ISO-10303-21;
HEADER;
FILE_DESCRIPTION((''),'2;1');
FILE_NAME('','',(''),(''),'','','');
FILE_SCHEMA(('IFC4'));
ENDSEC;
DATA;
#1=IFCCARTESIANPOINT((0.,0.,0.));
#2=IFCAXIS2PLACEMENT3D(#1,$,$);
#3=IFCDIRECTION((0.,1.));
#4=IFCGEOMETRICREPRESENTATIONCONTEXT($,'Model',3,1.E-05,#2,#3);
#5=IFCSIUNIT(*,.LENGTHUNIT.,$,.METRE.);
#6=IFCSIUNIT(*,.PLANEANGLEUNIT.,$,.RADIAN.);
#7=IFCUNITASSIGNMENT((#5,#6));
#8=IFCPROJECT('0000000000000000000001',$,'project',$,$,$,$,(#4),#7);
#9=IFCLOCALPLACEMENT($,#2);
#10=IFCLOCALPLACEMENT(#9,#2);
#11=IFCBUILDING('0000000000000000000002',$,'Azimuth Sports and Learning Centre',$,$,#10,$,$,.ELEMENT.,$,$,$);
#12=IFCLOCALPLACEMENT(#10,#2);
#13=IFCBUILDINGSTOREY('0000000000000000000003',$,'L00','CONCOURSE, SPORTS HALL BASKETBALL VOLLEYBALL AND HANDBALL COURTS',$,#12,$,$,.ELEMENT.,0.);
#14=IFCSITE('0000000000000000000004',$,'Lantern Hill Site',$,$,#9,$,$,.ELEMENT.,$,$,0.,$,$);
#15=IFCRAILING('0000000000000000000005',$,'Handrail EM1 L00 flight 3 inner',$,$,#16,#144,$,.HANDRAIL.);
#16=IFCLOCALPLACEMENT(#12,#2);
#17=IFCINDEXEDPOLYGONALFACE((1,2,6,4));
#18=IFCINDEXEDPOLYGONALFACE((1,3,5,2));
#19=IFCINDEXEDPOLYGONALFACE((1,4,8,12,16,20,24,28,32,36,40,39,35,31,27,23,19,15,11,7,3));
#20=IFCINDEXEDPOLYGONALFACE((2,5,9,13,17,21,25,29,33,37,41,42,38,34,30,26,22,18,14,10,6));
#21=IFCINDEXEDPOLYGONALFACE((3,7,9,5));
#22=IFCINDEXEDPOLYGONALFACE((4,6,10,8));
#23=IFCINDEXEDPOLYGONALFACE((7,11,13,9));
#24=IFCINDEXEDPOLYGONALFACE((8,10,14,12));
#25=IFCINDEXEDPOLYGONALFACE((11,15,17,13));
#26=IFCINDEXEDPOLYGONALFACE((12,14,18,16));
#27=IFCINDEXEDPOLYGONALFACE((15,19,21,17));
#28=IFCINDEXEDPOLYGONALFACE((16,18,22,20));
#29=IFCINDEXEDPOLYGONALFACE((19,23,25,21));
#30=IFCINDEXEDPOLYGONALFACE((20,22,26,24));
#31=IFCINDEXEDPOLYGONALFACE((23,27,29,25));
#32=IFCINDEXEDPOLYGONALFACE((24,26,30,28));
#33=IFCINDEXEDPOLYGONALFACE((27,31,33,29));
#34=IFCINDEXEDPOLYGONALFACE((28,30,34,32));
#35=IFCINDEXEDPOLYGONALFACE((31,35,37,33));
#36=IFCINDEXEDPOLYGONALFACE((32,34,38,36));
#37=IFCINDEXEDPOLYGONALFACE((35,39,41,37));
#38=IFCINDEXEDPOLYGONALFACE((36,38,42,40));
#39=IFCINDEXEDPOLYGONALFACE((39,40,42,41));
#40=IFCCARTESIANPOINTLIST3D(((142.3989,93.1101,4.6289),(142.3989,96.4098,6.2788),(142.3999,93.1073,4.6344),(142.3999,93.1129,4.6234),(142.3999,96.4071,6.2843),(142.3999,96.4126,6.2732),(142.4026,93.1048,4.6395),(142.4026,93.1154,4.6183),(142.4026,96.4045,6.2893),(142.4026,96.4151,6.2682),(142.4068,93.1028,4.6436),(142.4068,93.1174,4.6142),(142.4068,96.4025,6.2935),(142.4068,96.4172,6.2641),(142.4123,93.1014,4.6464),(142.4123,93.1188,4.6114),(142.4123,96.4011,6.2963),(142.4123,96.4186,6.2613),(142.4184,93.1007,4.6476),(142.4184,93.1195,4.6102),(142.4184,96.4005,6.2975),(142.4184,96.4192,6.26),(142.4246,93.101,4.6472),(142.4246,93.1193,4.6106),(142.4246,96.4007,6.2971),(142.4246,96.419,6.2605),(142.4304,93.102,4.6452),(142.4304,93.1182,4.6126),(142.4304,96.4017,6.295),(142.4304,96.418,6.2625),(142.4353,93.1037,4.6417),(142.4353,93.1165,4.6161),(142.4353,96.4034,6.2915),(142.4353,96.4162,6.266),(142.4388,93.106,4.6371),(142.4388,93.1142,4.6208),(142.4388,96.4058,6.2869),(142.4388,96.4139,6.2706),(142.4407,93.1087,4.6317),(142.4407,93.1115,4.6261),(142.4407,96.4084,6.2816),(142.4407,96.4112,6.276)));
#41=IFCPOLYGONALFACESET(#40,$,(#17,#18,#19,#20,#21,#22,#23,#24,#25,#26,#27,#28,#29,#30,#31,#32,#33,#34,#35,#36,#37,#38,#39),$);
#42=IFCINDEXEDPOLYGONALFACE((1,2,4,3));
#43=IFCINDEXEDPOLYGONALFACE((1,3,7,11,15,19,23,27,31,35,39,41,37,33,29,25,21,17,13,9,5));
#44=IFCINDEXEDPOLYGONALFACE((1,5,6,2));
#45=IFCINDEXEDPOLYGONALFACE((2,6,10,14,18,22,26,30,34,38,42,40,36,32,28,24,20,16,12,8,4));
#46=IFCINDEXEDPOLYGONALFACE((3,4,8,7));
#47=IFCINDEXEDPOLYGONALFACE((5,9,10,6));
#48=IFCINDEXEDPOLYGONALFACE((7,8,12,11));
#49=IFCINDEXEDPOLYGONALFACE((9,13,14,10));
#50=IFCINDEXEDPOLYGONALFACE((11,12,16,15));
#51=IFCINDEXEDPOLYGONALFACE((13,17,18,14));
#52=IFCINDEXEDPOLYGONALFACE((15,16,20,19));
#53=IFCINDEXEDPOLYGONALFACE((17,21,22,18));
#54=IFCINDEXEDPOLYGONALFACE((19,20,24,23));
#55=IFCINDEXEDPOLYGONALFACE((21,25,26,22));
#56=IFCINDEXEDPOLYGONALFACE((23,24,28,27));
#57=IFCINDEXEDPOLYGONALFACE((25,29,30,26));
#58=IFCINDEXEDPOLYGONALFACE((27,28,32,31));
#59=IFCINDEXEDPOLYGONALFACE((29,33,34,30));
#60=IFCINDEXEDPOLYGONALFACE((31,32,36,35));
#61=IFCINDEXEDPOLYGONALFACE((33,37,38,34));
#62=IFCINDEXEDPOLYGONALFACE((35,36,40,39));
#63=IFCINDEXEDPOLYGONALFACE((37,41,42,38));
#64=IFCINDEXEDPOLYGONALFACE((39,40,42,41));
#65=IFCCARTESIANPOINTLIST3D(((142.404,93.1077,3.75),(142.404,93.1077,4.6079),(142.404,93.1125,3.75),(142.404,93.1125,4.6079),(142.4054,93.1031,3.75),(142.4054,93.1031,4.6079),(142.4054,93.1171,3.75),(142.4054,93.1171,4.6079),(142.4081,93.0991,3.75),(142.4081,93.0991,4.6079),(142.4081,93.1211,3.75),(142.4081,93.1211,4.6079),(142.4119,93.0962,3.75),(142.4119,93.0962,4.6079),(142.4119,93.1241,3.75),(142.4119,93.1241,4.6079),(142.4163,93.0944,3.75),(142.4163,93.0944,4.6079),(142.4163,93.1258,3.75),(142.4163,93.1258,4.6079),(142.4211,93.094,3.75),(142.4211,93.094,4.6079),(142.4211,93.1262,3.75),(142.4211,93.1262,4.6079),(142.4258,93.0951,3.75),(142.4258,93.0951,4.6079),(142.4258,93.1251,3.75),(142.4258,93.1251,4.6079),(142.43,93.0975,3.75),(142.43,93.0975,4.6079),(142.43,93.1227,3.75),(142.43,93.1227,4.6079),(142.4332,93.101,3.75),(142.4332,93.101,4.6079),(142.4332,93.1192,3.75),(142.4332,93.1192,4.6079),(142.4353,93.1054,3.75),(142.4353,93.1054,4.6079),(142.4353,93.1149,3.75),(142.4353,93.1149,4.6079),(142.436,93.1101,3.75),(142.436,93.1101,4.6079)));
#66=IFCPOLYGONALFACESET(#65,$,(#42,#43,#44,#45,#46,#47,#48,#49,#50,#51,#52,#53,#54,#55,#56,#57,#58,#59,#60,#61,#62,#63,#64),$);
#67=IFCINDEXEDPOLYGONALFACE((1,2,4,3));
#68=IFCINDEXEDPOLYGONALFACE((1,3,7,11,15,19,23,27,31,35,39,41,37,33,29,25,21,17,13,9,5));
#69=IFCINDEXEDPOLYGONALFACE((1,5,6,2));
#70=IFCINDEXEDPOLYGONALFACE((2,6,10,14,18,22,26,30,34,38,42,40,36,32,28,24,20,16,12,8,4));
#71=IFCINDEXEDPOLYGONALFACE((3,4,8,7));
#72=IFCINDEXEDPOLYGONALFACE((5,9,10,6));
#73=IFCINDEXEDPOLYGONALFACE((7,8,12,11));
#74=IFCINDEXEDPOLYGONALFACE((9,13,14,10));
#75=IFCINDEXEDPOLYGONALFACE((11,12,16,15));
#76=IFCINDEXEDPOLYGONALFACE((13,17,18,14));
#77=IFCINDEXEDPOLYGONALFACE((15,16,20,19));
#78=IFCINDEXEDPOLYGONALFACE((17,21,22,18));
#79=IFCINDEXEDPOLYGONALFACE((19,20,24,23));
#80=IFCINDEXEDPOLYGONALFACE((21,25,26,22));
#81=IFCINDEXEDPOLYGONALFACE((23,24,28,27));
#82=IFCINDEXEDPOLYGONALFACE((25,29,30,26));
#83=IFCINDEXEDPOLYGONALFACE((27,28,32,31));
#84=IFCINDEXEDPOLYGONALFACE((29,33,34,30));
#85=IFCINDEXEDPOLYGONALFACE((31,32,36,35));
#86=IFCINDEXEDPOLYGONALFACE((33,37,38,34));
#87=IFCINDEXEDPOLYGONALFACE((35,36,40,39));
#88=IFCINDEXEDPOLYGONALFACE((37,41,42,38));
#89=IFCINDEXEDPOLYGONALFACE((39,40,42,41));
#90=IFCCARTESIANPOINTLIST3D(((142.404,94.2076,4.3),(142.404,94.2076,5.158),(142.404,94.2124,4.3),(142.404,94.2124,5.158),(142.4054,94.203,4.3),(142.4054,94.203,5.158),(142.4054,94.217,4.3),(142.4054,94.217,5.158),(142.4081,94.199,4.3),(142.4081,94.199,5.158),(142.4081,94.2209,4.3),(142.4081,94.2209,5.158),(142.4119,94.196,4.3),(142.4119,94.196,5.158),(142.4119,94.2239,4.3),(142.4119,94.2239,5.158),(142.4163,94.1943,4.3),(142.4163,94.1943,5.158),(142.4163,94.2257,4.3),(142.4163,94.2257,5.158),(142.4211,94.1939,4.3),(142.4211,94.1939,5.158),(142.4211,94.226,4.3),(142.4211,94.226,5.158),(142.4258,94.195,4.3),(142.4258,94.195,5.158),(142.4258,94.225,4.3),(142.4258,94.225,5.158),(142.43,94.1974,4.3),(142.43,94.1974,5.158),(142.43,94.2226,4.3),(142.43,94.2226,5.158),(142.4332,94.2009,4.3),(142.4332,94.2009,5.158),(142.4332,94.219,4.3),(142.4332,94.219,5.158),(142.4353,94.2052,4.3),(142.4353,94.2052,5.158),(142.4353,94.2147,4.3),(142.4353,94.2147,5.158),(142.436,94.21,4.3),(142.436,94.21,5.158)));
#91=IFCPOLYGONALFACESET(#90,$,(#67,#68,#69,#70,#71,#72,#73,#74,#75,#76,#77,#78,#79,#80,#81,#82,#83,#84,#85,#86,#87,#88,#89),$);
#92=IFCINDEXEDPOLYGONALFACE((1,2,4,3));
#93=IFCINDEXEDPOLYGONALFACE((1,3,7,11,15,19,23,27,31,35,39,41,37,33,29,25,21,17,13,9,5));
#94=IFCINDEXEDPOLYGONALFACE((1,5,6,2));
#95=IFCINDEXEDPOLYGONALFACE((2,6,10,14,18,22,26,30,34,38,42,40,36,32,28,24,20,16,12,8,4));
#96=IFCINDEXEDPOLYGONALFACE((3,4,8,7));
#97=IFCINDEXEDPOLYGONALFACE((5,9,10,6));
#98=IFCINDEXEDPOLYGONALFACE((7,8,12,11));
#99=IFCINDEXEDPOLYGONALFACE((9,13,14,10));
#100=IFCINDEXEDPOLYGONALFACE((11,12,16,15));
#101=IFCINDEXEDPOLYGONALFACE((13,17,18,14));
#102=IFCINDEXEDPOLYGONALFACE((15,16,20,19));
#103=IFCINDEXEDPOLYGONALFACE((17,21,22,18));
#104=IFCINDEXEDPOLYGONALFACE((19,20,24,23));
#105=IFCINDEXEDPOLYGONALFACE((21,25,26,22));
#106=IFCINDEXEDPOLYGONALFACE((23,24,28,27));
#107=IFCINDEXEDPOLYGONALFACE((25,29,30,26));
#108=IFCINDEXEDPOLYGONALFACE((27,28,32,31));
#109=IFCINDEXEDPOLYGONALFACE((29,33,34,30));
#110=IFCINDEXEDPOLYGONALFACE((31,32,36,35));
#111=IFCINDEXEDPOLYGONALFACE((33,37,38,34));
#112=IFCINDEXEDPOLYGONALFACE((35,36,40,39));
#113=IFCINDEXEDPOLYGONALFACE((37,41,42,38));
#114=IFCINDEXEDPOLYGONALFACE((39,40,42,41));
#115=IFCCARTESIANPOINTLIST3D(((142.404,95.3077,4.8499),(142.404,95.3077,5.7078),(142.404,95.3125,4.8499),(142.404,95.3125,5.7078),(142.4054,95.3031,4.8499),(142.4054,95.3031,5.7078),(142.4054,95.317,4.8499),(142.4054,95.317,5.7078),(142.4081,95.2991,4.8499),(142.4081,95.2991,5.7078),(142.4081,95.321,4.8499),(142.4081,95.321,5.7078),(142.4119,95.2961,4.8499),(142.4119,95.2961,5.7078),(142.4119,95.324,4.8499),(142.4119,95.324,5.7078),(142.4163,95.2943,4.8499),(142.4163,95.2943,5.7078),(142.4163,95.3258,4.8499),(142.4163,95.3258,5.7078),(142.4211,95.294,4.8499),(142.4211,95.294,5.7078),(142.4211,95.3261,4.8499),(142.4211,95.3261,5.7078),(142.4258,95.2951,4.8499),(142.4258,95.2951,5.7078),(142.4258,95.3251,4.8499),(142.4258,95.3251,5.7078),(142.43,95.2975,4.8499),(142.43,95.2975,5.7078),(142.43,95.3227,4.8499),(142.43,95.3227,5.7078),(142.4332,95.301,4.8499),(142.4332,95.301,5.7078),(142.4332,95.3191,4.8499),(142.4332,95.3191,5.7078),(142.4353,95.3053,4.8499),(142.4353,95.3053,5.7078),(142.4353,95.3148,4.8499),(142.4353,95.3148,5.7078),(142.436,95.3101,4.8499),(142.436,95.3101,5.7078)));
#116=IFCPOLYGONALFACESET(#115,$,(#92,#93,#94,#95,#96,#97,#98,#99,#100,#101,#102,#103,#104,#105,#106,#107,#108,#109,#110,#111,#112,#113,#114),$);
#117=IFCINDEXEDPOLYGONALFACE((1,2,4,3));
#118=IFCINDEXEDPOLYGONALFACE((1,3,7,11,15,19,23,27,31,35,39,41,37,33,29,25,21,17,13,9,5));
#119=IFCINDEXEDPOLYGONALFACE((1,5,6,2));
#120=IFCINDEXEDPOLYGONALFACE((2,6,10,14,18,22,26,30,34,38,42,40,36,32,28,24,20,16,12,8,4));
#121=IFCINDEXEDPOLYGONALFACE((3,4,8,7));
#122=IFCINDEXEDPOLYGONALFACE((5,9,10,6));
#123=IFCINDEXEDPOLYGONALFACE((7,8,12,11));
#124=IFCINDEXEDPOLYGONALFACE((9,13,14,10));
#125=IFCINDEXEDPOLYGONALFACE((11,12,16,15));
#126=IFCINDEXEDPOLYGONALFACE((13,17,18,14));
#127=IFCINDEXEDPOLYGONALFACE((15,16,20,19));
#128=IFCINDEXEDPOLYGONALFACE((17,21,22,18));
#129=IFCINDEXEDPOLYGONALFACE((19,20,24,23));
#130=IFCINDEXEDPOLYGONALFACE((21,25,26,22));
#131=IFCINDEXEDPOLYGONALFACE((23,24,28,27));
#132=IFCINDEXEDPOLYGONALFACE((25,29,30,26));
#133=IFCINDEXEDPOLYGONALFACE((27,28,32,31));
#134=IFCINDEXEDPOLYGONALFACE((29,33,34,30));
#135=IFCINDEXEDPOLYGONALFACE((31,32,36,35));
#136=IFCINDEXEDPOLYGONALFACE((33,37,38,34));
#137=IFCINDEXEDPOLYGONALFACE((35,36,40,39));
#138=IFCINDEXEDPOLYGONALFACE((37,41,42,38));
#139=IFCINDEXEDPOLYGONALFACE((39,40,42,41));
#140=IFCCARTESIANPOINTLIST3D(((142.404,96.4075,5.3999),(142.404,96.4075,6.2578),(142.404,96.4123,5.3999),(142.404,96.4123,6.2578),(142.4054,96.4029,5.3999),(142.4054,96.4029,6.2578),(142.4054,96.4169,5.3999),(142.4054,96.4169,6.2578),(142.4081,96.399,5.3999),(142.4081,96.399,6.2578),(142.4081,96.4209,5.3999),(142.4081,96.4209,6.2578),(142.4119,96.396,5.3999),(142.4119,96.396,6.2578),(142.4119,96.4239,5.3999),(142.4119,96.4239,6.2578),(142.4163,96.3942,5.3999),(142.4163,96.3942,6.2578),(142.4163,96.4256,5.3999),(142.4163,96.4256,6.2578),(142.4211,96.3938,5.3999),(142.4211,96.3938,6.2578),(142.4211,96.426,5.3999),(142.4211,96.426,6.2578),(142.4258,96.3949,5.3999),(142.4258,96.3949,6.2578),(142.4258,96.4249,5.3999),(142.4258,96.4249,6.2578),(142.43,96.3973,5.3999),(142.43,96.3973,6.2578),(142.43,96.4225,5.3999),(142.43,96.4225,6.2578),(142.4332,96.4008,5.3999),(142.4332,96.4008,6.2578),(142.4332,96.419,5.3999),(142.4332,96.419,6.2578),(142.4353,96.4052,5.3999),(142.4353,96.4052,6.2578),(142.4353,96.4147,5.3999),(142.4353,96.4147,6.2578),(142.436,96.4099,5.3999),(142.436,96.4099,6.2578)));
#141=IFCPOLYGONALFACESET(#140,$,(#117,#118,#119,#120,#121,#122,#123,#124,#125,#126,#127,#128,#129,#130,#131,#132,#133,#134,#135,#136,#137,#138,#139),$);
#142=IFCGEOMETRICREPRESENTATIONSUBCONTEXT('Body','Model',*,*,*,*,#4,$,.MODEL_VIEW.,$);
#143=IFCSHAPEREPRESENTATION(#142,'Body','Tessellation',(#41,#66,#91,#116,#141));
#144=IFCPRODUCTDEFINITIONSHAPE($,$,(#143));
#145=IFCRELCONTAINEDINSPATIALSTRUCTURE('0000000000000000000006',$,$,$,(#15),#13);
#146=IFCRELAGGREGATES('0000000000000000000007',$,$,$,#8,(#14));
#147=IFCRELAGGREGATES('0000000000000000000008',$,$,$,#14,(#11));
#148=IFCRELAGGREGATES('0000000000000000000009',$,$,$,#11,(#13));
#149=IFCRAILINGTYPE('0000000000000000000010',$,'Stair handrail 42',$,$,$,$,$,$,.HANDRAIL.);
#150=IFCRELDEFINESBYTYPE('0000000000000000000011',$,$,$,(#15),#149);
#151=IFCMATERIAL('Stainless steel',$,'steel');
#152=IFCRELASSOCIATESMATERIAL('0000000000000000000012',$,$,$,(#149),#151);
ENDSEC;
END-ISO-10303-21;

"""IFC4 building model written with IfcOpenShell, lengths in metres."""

from ifc_helpers import new_model, si_unit, direction, frame, origin, origin_2d, place, context, subcontext, project, spatial, circle, extrude, material, type_object, element, save


model = new_model("IFC4")

# Units and contexts
model_context = context("Model", 3, precision=1e-05, world=origin(), true_north=direction((0.0, 1.0)))
body_context = subcontext(model_context, "Body", "Model", "MODEL_VIEW")
ifc_project = project(units=[si_unit("LENGTHUNIT", "METRE"), si_unit("PLANEANGLEUNIT", "RADIAN")], contexts=[model_context])

# Site, building, storey
site_placement = place(None, origin())
site = spatial("IfcSite", under=ifc_project, at=site_placement, Name="Lantern Hill Site", CompositionType="ELEMENT", RefElevation=0.0)
building_placement = place(site_placement, origin())
building = spatial("IfcBuilding", under=site, at=building_placement, Name="Azimuth Sports and Learning Centre", CompositionType="ELEMENT")
storey_placement = place(building_placement, origin())
storey = spatial("IfcBuildingStorey", under=building, at=storey_placement, Name="L00", Description="CONCOURSE, SPORTS HALL BASKETBALL VOLLEYBALL AND HANDBALL COURTS", CompositionType="ELEMENT", Elevation=0.0)

# Railing
ifc_material_1 = material(Name="Stainless steel", Category="steel")
railing_type_1 = type_object("IfcRailingType", Name="Stair handrail 42", PredefinedType="HANDRAIL", material=ifc_material_1)
for number, where, name in (
    (1, (142.4199, 93.1101, 3.75), "Handrail EM1 L00 flight 3 inner"),
):
    element("IfcRailing", number, at=place(storey_placement, frame(where)), inside=storey, type_object=railing_type_1, Name=name, PredefinedType="HANDRAIL", context=body_context, shape_type="SweptSolid", body=[
        extrude(circle(Radius=0.021, at=origin_2d()), frame((0.0, 0.0, 0.8789), z_axis=(0.0, 0.894427, 0.447214), x_axis=(-1.0, 0.0, 0.0)), (0.0, 0.0, 1.0), 3.6892),
        extrude(circle(Radius=0.0161, at=origin_2d()), origin(), (0.0, 0.0, 1.0), 0.8579),
        extrude(circle(Radius=0.0161, at=origin_2d()), frame((0.0, 1.0999, 0.55)), (0.0, 0.0, 1.0), 0.8579),
        extrude(circle(Radius=0.0161, at=origin_2d()), frame((0.0, 2.2, 1.0999)), (0.0, 0.0, 1.0), 0.8579),
        extrude(circle(Radius=0.0161, at=origin_2d()), frame((0.0, 3.2998, 1.6499)), (0.0, 0.0, 1.0), 0.8579),
    ])

save(model, "model.ifc")
